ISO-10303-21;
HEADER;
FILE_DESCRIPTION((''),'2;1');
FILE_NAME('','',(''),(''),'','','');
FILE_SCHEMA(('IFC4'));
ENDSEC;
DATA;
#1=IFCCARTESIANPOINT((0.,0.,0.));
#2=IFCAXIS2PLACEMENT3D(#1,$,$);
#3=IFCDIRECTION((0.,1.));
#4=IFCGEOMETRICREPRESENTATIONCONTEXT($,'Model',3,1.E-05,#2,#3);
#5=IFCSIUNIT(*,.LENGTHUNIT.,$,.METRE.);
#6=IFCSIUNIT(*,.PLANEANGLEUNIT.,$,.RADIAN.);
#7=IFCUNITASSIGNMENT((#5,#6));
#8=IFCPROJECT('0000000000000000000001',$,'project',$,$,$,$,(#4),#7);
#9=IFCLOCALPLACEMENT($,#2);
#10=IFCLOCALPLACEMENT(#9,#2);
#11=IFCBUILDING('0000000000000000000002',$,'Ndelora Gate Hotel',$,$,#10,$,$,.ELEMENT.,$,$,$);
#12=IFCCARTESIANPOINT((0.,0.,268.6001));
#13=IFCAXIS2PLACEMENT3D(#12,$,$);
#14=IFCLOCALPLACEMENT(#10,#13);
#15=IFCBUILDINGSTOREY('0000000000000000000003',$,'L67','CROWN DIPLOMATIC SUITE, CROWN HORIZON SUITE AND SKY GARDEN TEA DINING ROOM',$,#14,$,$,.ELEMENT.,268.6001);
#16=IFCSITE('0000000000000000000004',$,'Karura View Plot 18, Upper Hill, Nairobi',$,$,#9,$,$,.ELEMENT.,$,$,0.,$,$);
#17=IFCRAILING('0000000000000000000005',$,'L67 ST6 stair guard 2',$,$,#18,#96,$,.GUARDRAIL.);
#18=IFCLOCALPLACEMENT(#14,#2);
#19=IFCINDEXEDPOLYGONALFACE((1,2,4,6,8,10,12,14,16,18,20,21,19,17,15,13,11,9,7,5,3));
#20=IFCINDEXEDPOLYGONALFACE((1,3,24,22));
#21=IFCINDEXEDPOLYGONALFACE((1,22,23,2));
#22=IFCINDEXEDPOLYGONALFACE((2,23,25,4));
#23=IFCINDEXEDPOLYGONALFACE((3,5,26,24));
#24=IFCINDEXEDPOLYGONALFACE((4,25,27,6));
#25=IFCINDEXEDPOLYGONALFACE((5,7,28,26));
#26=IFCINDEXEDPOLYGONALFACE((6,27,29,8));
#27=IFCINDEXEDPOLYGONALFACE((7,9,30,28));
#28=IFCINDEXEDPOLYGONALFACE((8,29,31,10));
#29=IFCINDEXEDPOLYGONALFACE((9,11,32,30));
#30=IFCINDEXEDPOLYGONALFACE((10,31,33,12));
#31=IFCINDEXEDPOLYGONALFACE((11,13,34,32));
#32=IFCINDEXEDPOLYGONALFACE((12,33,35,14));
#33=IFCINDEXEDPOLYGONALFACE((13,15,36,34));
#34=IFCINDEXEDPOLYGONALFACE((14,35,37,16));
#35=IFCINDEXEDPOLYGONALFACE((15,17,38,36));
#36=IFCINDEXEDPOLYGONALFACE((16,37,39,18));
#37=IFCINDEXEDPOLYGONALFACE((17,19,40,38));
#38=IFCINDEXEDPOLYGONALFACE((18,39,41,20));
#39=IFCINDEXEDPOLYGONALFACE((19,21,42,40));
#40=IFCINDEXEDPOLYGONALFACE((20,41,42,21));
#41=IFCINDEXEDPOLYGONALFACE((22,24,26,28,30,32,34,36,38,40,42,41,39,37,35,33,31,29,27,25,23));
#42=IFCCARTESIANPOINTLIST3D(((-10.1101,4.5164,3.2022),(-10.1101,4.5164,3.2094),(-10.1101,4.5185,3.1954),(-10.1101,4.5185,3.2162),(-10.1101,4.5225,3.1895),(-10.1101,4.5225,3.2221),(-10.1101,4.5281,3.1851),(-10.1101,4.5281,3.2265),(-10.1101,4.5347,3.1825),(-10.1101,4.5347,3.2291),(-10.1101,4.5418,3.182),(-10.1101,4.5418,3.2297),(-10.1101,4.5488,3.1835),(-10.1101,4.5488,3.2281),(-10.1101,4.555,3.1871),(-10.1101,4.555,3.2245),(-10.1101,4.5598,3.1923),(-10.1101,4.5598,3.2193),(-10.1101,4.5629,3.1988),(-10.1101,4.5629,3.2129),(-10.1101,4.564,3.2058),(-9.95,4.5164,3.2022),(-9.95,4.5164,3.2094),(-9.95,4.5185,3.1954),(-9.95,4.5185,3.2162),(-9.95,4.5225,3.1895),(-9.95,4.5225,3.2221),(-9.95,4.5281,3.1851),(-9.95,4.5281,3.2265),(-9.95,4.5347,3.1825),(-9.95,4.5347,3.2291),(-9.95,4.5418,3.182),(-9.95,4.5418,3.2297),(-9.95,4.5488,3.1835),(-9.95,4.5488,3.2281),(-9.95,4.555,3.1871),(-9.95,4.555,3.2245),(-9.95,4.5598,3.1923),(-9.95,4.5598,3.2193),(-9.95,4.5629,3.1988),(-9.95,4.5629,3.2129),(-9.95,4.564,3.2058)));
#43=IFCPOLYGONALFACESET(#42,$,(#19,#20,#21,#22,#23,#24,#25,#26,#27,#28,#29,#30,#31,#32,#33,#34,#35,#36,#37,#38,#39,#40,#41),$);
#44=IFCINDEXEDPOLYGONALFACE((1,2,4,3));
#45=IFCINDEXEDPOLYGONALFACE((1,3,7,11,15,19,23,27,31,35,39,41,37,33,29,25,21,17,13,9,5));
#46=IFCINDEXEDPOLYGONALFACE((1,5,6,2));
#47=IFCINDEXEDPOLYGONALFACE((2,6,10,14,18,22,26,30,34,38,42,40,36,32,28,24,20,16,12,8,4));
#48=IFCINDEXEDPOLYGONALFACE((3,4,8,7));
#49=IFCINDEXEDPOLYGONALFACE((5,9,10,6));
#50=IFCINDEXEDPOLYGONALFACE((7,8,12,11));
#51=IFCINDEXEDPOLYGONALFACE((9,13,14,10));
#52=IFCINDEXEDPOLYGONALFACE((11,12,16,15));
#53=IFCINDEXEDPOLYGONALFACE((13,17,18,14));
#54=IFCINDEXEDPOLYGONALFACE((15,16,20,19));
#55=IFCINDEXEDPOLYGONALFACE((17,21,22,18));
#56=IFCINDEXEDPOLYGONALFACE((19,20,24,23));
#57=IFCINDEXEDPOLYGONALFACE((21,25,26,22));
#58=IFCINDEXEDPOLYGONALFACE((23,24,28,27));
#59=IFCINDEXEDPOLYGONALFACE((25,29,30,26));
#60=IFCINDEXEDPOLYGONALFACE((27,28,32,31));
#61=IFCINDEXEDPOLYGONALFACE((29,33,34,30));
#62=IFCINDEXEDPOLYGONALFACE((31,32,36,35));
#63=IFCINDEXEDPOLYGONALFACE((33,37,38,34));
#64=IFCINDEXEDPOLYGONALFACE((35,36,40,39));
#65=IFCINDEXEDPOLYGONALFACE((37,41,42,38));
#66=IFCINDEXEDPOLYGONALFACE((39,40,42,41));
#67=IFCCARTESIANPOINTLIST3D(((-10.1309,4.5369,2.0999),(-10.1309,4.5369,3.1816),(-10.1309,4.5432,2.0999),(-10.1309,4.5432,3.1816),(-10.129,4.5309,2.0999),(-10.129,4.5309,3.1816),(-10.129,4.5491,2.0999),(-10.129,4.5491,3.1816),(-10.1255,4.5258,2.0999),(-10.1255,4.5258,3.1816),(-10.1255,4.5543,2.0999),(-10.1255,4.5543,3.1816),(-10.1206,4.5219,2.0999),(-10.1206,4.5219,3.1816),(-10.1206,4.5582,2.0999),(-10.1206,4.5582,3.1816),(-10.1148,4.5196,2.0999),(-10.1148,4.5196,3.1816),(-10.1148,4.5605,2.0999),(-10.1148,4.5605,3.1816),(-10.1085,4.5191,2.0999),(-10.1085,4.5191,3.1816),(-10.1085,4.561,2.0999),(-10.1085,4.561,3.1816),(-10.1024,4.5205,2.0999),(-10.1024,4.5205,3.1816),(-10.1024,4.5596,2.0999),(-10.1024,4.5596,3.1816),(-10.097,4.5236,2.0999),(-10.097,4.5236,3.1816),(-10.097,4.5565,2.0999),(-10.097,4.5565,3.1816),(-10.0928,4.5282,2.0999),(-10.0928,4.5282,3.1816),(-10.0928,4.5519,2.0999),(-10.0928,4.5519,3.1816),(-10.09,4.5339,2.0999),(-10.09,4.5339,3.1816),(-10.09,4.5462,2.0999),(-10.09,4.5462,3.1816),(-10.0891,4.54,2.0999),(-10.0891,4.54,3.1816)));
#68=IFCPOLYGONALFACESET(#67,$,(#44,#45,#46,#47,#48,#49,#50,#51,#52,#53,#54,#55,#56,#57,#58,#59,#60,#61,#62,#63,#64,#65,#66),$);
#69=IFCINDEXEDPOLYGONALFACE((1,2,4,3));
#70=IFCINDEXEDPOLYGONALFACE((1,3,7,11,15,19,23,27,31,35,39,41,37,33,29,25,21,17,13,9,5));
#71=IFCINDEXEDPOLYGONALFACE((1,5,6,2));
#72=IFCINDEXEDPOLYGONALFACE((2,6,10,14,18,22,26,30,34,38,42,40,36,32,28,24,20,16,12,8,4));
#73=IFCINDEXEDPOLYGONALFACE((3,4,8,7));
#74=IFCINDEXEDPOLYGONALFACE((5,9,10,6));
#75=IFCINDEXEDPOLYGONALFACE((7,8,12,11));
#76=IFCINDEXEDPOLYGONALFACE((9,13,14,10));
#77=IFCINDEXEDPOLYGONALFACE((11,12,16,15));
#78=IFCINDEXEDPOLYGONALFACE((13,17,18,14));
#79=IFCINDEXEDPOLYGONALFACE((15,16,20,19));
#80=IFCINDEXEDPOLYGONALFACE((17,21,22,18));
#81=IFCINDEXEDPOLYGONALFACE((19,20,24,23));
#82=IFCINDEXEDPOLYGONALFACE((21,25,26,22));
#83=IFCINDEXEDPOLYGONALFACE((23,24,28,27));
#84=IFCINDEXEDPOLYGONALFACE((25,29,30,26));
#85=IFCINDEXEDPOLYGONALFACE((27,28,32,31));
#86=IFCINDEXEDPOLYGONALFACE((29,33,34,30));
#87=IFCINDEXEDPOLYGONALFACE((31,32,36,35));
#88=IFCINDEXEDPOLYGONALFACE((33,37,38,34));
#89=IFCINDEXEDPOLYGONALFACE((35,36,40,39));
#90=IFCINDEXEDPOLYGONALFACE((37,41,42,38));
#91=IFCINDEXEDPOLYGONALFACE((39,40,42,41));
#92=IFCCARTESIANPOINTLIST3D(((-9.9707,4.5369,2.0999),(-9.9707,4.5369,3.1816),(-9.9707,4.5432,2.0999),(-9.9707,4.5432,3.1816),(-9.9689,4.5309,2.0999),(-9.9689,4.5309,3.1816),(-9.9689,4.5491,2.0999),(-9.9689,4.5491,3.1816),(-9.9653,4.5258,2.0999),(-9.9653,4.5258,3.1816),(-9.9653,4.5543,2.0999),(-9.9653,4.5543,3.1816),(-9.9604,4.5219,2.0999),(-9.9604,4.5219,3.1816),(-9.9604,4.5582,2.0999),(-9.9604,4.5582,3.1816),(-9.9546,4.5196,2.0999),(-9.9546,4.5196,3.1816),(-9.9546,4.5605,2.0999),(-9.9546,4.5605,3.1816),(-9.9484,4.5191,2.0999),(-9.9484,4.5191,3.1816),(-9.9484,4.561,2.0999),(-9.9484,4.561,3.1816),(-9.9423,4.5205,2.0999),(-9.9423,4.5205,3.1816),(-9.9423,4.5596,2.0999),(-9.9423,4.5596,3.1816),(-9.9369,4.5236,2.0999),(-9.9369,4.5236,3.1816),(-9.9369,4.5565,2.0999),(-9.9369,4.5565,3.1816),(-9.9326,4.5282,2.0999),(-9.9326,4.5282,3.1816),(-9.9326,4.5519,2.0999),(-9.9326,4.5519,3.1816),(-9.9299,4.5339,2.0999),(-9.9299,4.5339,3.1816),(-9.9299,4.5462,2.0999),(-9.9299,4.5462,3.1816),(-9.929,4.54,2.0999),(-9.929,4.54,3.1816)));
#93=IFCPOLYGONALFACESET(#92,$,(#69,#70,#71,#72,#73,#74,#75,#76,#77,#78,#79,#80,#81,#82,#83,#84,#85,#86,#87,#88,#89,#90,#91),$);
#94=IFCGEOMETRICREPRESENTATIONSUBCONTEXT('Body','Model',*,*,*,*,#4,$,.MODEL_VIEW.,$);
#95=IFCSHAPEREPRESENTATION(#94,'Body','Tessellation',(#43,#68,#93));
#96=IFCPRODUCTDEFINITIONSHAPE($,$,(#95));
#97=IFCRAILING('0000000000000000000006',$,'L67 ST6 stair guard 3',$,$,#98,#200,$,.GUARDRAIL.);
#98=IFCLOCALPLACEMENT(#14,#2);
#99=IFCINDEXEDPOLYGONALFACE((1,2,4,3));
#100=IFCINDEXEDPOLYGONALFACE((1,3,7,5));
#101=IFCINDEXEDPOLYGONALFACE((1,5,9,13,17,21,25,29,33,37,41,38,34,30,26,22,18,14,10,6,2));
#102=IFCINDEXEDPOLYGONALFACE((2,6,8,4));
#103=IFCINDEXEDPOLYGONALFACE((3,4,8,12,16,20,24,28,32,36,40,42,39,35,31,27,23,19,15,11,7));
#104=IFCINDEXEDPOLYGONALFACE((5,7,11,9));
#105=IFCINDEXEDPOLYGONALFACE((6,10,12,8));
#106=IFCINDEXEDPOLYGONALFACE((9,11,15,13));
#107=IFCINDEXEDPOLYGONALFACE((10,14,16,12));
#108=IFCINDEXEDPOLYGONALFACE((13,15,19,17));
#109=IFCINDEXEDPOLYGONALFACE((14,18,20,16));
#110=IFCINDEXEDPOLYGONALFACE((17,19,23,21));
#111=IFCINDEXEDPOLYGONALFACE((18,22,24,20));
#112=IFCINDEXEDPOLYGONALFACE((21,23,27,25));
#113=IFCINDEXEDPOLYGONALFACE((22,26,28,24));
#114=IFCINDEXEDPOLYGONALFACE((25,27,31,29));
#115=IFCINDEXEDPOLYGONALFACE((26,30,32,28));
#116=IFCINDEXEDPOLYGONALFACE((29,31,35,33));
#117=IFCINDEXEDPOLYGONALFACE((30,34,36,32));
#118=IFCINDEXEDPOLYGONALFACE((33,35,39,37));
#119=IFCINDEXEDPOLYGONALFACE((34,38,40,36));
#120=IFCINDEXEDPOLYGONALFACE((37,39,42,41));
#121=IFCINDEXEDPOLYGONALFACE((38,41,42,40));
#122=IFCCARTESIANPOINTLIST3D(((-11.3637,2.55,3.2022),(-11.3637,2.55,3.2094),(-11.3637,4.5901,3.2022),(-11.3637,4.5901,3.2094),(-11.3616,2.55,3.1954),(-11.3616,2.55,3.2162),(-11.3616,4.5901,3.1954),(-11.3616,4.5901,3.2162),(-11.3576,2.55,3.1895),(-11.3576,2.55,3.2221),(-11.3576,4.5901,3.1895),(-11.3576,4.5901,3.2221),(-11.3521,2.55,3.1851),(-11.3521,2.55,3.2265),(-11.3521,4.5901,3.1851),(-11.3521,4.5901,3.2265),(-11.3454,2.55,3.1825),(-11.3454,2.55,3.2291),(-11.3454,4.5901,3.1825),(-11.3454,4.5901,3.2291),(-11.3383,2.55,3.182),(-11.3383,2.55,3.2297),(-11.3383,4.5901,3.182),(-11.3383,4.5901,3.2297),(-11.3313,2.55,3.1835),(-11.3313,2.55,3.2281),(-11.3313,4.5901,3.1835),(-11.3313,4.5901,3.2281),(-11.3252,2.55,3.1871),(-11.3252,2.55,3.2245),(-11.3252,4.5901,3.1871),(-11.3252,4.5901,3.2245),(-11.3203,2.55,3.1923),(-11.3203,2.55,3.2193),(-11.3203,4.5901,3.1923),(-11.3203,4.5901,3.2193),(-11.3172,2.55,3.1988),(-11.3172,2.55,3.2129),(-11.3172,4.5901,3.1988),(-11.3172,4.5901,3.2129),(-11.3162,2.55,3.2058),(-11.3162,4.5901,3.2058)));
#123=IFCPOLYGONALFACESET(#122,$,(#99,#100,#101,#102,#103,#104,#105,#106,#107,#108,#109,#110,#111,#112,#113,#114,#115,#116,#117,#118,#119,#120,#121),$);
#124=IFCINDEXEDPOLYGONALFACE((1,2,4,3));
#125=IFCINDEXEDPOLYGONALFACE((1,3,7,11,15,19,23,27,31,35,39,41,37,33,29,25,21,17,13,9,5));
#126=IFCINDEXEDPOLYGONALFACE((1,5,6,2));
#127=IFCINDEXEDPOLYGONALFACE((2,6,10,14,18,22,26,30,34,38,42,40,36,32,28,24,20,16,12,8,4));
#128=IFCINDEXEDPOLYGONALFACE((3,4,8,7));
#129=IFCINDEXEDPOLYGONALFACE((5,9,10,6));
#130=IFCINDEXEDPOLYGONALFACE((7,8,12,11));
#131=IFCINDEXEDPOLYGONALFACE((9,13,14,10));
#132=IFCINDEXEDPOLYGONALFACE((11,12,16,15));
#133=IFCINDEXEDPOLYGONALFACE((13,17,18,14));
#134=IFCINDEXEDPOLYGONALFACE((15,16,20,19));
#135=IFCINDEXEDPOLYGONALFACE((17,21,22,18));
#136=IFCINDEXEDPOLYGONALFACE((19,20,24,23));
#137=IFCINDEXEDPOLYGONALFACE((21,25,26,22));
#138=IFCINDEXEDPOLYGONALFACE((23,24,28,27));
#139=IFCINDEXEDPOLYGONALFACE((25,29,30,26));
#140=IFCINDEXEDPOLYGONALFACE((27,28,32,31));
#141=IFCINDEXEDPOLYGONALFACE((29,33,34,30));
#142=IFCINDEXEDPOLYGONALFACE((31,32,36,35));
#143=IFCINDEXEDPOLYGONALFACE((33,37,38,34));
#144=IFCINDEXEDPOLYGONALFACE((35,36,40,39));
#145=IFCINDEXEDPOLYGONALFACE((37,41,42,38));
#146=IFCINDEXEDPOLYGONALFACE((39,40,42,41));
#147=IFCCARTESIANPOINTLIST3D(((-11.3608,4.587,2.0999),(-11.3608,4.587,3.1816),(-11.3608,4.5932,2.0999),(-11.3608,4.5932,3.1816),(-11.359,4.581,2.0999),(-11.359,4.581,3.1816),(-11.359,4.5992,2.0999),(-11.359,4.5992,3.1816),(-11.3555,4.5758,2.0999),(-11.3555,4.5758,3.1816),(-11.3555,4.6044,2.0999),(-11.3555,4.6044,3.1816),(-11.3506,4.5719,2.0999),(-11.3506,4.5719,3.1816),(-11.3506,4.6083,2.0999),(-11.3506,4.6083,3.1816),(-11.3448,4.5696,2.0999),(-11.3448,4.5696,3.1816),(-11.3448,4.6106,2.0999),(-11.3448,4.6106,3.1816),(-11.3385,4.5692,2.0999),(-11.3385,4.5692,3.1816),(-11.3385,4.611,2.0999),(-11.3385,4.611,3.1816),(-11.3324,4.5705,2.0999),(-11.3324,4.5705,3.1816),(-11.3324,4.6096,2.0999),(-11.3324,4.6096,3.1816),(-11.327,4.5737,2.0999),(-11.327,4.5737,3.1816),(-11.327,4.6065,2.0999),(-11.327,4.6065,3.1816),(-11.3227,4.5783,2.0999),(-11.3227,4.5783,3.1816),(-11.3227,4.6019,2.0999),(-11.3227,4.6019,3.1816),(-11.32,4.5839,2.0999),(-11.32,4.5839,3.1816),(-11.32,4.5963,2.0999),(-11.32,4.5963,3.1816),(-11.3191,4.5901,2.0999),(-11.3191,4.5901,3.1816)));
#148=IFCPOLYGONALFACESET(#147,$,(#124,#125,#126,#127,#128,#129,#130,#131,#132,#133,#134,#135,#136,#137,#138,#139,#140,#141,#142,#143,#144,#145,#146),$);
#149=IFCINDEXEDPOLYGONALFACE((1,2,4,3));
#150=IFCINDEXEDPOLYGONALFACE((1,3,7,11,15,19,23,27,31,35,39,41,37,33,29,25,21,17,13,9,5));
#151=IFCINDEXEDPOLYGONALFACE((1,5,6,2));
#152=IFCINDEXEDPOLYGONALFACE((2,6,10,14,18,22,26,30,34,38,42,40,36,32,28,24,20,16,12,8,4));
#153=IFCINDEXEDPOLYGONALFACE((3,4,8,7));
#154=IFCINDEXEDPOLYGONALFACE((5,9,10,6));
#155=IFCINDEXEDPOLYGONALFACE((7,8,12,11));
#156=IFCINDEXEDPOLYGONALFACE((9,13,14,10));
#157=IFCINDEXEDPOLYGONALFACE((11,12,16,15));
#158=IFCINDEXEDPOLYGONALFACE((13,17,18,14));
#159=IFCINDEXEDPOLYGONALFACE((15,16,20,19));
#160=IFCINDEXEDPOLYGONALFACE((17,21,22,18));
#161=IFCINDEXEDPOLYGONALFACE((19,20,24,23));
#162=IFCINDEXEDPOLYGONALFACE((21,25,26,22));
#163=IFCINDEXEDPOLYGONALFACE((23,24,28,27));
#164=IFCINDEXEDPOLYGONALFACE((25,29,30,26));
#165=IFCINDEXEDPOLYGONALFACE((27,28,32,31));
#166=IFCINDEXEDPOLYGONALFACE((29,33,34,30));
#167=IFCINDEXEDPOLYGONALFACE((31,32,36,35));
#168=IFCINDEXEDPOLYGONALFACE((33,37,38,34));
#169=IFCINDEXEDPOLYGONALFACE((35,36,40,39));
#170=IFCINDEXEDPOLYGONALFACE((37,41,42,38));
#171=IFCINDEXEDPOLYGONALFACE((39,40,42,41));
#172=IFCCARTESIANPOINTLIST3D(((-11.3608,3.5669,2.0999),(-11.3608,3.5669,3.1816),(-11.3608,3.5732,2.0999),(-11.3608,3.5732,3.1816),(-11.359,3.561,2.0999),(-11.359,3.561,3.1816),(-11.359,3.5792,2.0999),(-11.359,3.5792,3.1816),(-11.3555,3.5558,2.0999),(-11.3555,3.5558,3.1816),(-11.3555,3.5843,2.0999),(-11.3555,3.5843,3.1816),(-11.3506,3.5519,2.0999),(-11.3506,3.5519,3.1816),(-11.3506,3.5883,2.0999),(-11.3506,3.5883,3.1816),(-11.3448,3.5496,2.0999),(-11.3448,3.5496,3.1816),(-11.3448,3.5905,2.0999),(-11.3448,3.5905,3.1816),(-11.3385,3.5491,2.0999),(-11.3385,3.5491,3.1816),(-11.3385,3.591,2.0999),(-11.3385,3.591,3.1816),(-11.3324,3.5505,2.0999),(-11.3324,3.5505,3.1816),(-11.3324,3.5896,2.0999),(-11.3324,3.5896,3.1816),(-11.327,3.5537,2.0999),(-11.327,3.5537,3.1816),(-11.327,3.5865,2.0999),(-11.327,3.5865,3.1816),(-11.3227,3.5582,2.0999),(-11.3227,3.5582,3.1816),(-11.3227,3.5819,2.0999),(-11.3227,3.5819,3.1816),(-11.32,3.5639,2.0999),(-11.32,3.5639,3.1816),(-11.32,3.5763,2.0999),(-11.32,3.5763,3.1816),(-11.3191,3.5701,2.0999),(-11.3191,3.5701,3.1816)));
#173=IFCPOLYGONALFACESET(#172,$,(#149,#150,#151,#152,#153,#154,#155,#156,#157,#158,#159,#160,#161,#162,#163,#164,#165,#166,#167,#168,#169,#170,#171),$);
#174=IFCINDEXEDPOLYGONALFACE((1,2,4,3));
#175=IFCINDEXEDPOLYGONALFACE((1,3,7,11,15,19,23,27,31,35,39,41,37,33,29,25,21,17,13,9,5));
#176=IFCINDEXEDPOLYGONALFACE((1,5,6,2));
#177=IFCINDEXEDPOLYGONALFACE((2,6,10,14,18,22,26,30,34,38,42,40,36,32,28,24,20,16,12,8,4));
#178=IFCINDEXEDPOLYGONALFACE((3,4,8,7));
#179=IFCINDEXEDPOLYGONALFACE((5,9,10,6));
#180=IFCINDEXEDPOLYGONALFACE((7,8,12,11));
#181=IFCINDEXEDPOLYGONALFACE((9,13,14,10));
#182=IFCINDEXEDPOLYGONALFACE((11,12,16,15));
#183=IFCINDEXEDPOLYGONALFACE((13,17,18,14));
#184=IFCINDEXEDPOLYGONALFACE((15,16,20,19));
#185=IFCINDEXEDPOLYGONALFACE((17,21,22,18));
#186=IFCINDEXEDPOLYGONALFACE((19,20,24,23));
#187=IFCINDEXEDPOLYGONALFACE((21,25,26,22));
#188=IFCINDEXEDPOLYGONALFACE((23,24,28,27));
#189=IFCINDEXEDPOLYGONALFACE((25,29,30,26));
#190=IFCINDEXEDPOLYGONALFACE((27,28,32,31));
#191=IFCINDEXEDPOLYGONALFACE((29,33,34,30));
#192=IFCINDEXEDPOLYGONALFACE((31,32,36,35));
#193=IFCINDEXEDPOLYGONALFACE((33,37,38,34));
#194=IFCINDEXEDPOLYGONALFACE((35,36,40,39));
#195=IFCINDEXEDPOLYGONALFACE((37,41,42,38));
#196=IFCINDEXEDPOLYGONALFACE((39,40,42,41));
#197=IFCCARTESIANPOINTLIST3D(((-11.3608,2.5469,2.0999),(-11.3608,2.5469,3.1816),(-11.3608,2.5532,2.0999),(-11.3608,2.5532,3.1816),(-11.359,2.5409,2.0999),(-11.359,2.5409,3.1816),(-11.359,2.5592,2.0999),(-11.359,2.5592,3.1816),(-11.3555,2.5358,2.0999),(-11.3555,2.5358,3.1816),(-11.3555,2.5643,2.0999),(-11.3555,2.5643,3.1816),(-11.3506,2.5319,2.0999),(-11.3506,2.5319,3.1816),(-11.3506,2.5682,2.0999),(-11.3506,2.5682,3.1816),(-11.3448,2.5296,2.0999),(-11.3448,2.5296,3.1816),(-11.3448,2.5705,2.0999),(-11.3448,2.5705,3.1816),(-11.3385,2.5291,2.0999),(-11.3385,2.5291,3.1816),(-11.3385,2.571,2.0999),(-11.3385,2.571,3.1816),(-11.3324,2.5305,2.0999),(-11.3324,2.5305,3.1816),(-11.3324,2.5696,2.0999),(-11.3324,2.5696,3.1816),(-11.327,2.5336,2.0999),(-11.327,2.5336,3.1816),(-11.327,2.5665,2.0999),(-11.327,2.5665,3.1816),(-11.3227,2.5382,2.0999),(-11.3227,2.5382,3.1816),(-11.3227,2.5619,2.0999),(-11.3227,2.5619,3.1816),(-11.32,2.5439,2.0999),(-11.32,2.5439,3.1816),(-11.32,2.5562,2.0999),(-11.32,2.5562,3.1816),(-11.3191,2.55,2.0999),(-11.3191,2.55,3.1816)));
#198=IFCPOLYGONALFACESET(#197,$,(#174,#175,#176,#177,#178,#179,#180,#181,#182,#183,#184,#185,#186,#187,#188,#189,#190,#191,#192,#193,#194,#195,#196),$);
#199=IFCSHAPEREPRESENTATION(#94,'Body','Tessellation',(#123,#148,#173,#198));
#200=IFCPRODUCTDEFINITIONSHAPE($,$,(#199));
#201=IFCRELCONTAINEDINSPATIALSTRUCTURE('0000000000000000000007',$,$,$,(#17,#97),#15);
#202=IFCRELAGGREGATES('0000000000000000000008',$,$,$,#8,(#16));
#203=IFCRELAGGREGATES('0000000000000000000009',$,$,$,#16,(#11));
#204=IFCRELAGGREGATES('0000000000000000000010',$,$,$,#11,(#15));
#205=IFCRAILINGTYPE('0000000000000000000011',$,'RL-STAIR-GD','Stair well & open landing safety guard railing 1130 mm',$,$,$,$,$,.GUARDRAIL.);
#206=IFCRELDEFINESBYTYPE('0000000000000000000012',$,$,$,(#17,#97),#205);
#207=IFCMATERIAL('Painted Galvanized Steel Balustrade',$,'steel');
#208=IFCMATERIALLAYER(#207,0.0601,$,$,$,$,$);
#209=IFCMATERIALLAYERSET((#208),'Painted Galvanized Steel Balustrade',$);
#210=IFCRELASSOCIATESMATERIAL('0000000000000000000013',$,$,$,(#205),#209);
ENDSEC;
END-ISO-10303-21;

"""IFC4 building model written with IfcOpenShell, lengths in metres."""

from ifc_helpers import new_model, si_unit, direction, frame, origin, origin_2d, place, context, subcontext, project, spatial, circle, extrude, material, layer, layer_set, type_object, element, save


model = new_model("IFC4")

# Units and contexts
model_context = context("Model", 3, precision=1e-05, world=origin(), true_north=direction((0.0, 1.0)))
body_context = subcontext(model_context, "Body", "Model", "MODEL_VIEW")
ifc_project = project(units=[si_unit("LENGTHUNIT", "METRE"), si_unit("PLANEANGLEUNIT", "RADIAN")], contexts=[model_context])

# Site, building, storey
site_placement = place(None, origin())
site = spatial("IfcSite", under=ifc_project, at=site_placement, Name="Karura View Plot 18, Upper Hill, Nairobi", CompositionType="ELEMENT", RefElevation=0.0)
building_placement = place(site_placement, origin())
building = spatial("IfcBuilding", under=site, at=building_placement, Name="Ndelora Gate Hotel", CompositionType="ELEMENT")
storey_placement = place(building_placement, frame((0.0, 0.0, 268.6001)))
storey = spatial("IfcBuildingStorey", under=building, at=storey_placement, Name="L67", Description="CROWN DIPLOMATIC SUITE, CROWN HORIZON SUITE AND SKY GARDEN TEA DINING ROOM", CompositionType="ELEMENT", Elevation=268.6001)

# Railings
ifc_material_1 = material(Name="Painted Galvanized Steel Balustrade", Category="steel")
ifc_layer_1 = layer(ifc_material_1, 0.0601)
ifc_layer_set_1 = layer_set([ifc_layer_1], Name="Painted Galvanized Steel Balustrade")
railing_type_1 = type_object("IfcRailingType", Name="RL-STAIR-GD", Description="Stair well & open landing safety guard railing 1130 mm", PredefinedType="GUARDRAIL", material=ifc_layer_set_1)
railing_1_placement = place(storey_placement, frame((-10.1101, 4.54, 2.0999)))
element("IfcRailing", 1, at=railing_1_placement, inside=storey, type_object=railing_type_1, Name="L67 ST6 stair guard 2", PredefinedType="GUARDRAIL", context=body_context, shape_type="SweptSolid", body=[
    extrude(circle(Radius=0.0239, at=origin_2d()), frame((0.0, 0.0, 1.106), z_axis=(1.0, 0.0, 0.0), x_axis=(0.0, 1.0, 0.0)), (0.0, 0.0, 1.0), 0.1602),
    extrude(circle(Radius=0.021, at=origin_2d()), origin(), (0.0, 0.0, 1.0), 1.0818),
    extrude(circle(Radius=0.021, at=origin_2d()), frame((0.1602, 0.0, 0.0)), (0.0, 0.0, 1.0), 1.0818),
])
railing_2_placement = place(storey_placement, frame((-11.3401, 4.5901, 2.0999)))
element("IfcRailing", 2, at=railing_2_placement, inside=storey, type_object=railing_type_1, Name="L67 ST6 stair guard 3", PredefinedType="GUARDRAIL", context=body_context, shape_type="SweptSolid", body=[
    extrude(circle(Radius=0.0239, at=origin_2d()), frame((0.0, 0.0, 1.106), z_axis=(0.0, -1.0, 0.0), x_axis=(1.0, 0.0, 0.0)), (0.0, 0.0, 1.0), 2.04),
    extrude(circle(Radius=0.021, at=origin_2d()), origin(), (0.0, 0.0, 1.0), 1.0818),
    extrude(circle(Radius=0.021, at=origin_2d()), frame((0.0, -1.02, 0.0)), (0.0, 0.0, 1.0), 1.0818),
    extrude(circle(Radius=0.021, at=origin_2d()), frame((0.0, -2.04, 0.0)), (0.0, 0.0, 1.0), 1.0818),
])

save(model, "model.ifc")
